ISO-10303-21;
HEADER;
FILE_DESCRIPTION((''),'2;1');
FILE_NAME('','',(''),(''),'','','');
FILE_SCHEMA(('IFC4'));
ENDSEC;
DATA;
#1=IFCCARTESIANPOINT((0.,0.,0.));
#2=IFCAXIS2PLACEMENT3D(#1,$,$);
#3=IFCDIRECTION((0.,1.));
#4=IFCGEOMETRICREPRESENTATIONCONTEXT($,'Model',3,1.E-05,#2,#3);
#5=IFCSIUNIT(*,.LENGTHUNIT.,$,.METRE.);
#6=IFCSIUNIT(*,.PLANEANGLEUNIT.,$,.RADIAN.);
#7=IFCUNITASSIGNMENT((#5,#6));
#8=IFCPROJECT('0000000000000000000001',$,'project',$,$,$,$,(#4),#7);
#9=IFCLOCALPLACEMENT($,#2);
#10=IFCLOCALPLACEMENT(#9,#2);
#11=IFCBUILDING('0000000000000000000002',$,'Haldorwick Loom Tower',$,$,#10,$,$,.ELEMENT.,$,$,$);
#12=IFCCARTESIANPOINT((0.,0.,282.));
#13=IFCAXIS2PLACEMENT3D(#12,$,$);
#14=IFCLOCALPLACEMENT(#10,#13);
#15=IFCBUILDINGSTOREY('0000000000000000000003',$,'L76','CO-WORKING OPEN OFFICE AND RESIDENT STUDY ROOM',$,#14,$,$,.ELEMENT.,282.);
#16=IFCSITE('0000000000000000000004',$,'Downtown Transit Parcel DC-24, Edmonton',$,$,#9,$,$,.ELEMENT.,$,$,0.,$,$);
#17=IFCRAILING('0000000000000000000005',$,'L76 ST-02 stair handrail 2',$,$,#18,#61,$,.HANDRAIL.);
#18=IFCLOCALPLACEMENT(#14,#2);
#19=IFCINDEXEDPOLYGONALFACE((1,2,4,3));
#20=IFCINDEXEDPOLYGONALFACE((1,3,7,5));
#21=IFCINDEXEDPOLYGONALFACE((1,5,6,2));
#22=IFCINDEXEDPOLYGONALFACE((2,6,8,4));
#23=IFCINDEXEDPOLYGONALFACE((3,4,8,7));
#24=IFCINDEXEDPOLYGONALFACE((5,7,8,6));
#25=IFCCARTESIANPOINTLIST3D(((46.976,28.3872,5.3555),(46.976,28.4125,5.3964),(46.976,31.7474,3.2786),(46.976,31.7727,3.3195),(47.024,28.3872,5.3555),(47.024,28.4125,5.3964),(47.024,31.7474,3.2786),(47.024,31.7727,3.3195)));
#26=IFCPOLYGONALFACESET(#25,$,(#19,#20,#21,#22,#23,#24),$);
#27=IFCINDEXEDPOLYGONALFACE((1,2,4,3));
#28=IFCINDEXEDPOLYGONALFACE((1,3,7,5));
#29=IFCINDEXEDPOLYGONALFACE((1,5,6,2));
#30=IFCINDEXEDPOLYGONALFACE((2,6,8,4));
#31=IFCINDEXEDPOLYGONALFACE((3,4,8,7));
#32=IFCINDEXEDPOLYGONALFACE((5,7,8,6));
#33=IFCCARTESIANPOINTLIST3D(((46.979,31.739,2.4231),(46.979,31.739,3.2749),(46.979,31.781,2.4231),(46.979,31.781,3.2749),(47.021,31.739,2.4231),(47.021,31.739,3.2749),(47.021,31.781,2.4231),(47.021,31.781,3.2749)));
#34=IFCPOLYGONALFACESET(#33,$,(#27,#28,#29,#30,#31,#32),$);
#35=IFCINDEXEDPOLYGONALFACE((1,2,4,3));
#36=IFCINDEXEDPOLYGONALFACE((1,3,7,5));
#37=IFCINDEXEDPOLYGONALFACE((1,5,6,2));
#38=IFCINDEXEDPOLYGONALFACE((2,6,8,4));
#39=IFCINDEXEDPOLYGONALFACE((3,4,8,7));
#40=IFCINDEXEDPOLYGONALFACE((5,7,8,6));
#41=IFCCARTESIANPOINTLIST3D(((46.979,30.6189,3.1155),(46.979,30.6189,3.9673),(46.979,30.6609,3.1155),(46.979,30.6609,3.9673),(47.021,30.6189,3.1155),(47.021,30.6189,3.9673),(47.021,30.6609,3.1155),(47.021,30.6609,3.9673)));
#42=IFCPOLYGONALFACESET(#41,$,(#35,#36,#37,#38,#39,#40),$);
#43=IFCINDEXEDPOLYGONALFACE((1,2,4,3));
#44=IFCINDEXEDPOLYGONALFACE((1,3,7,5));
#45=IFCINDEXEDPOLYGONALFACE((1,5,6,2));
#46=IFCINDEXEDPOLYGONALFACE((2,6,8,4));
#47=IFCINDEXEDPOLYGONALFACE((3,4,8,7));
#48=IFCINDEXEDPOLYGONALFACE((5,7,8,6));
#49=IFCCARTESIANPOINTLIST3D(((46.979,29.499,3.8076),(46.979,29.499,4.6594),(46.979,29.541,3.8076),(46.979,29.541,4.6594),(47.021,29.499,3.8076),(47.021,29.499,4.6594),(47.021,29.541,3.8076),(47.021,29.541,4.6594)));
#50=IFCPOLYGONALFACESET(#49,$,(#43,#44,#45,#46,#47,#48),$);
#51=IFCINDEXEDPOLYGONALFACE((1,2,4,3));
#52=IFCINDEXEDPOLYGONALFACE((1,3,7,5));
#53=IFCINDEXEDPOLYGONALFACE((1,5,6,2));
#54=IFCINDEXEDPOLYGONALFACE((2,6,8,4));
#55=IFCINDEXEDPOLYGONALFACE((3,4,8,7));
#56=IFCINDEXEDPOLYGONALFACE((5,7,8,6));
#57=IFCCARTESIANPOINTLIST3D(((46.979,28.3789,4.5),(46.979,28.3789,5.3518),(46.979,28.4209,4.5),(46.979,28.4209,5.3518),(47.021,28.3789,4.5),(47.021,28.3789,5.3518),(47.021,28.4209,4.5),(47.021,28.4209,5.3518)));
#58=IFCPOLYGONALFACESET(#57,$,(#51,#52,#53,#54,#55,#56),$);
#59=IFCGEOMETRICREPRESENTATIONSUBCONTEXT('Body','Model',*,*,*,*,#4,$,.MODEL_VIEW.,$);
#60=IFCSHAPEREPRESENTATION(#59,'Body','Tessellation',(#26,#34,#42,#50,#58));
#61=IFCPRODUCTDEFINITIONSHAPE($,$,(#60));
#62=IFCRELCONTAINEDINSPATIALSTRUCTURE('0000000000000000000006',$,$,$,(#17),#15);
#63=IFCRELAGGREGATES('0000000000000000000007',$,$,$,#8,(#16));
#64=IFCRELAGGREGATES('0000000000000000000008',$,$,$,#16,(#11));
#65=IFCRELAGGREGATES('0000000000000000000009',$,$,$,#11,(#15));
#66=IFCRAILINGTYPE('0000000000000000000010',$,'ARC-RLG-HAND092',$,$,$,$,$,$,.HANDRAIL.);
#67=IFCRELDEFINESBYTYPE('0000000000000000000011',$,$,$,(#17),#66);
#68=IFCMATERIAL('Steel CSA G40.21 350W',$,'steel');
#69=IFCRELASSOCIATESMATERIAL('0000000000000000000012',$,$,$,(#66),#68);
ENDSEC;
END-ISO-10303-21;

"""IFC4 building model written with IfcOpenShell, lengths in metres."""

from ifc_helpers import new_model, si_unit, direction, frame, origin, origin_2d, place, context, subcontext, project, spatial, rectangle, extrude, material, type_object, element, save


model = new_model("IFC4")

# Units and contexts
model_context = context("Model", 3, precision=1e-05, world=origin(), true_north=direction((0.0, 1.0)))
body_context = subcontext(model_context, "Body", "Model", "MODEL_VIEW")
ifc_project = project(units=[si_unit("LENGTHUNIT", "METRE"), si_unit("PLANEANGLEUNIT", "RADIAN")], contexts=[model_context])

# Site, building, storey
site_placement = place(None, origin())
site = spatial("IfcSite", under=ifc_project, at=site_placement, Name="Downtown Transit Parcel DC-24, Edmonton", CompositionType="ELEMENT", RefElevation=0.0)
building_placement = place(site_placement, origin())
building = spatial("IfcBuilding", under=site, at=building_placement, Name="Haldorwick Loom Tower", CompositionType="ELEMENT")
storey_placement = place(building_placement, frame((0.0, 0.0, 282.0)))
storey = spatial("IfcBuildingStorey", under=building, at=storey_placement, Name="L76", Description="CO-WORKING OPEN OFFICE AND RESIDENT STUDY ROOM", CompositionType="ELEMENT", Elevation=282.0)

# Shared definitions
ifc_material_1 = material(Name="Steel CSA G40.21 350W", Category="steel")

# Railing
railing_type_1 = type_object("IfcRailingType", Name="ARC-RLG-HAND092", PredefinedType="HANDRAIL", material=ifc_material_1)
railing_1_placement = place(storey_placement, frame((47.0, 31.76, 2.4231)))
element("IfcRailing", 1, at=railing_1_placement, inside=storey, type_object=railing_type_1, Name="L76 ST-02 stair handrail 2", PredefinedType="HANDRAIL", context=body_context, shape_type="SweptSolid", body=[
    extrude(rectangle(XDim=0.0481, YDim=0.0481, at=origin_2d()), frame((0.0, 0.0, 0.876), z_axis=(0.0, -0.850623, 0.525776), x_axis=(1.0, 0.0, 0.0)), (0.0, 0.0, 1.0), 3.9502),
    extrude(rectangle(XDim=0.042, YDim=0.042, at=origin_2d()), origin(), (0.0, 0.0, 1.0), 0.8518),
    extrude(rectangle(XDim=0.042, YDim=0.042, at=origin_2d()), frame((0.0, -1.1201, 0.6924)), (0.0, 0.0, 1.0), 0.8518),
    extrude(rectangle(XDim=0.042, YDim=0.042, at=origin_2d()), frame((0.0, -2.24, 1.3845)), (0.0, 0.0, 1.0), 0.8518),
    extrude(rectangle(XDim=0.042, YDim=0.042, at=origin_2d()), frame((0.0, -3.3601, 2.0769)), (0.0, 0.0, 1.0), 0.8518),
])

save(model, "model.ifc")
